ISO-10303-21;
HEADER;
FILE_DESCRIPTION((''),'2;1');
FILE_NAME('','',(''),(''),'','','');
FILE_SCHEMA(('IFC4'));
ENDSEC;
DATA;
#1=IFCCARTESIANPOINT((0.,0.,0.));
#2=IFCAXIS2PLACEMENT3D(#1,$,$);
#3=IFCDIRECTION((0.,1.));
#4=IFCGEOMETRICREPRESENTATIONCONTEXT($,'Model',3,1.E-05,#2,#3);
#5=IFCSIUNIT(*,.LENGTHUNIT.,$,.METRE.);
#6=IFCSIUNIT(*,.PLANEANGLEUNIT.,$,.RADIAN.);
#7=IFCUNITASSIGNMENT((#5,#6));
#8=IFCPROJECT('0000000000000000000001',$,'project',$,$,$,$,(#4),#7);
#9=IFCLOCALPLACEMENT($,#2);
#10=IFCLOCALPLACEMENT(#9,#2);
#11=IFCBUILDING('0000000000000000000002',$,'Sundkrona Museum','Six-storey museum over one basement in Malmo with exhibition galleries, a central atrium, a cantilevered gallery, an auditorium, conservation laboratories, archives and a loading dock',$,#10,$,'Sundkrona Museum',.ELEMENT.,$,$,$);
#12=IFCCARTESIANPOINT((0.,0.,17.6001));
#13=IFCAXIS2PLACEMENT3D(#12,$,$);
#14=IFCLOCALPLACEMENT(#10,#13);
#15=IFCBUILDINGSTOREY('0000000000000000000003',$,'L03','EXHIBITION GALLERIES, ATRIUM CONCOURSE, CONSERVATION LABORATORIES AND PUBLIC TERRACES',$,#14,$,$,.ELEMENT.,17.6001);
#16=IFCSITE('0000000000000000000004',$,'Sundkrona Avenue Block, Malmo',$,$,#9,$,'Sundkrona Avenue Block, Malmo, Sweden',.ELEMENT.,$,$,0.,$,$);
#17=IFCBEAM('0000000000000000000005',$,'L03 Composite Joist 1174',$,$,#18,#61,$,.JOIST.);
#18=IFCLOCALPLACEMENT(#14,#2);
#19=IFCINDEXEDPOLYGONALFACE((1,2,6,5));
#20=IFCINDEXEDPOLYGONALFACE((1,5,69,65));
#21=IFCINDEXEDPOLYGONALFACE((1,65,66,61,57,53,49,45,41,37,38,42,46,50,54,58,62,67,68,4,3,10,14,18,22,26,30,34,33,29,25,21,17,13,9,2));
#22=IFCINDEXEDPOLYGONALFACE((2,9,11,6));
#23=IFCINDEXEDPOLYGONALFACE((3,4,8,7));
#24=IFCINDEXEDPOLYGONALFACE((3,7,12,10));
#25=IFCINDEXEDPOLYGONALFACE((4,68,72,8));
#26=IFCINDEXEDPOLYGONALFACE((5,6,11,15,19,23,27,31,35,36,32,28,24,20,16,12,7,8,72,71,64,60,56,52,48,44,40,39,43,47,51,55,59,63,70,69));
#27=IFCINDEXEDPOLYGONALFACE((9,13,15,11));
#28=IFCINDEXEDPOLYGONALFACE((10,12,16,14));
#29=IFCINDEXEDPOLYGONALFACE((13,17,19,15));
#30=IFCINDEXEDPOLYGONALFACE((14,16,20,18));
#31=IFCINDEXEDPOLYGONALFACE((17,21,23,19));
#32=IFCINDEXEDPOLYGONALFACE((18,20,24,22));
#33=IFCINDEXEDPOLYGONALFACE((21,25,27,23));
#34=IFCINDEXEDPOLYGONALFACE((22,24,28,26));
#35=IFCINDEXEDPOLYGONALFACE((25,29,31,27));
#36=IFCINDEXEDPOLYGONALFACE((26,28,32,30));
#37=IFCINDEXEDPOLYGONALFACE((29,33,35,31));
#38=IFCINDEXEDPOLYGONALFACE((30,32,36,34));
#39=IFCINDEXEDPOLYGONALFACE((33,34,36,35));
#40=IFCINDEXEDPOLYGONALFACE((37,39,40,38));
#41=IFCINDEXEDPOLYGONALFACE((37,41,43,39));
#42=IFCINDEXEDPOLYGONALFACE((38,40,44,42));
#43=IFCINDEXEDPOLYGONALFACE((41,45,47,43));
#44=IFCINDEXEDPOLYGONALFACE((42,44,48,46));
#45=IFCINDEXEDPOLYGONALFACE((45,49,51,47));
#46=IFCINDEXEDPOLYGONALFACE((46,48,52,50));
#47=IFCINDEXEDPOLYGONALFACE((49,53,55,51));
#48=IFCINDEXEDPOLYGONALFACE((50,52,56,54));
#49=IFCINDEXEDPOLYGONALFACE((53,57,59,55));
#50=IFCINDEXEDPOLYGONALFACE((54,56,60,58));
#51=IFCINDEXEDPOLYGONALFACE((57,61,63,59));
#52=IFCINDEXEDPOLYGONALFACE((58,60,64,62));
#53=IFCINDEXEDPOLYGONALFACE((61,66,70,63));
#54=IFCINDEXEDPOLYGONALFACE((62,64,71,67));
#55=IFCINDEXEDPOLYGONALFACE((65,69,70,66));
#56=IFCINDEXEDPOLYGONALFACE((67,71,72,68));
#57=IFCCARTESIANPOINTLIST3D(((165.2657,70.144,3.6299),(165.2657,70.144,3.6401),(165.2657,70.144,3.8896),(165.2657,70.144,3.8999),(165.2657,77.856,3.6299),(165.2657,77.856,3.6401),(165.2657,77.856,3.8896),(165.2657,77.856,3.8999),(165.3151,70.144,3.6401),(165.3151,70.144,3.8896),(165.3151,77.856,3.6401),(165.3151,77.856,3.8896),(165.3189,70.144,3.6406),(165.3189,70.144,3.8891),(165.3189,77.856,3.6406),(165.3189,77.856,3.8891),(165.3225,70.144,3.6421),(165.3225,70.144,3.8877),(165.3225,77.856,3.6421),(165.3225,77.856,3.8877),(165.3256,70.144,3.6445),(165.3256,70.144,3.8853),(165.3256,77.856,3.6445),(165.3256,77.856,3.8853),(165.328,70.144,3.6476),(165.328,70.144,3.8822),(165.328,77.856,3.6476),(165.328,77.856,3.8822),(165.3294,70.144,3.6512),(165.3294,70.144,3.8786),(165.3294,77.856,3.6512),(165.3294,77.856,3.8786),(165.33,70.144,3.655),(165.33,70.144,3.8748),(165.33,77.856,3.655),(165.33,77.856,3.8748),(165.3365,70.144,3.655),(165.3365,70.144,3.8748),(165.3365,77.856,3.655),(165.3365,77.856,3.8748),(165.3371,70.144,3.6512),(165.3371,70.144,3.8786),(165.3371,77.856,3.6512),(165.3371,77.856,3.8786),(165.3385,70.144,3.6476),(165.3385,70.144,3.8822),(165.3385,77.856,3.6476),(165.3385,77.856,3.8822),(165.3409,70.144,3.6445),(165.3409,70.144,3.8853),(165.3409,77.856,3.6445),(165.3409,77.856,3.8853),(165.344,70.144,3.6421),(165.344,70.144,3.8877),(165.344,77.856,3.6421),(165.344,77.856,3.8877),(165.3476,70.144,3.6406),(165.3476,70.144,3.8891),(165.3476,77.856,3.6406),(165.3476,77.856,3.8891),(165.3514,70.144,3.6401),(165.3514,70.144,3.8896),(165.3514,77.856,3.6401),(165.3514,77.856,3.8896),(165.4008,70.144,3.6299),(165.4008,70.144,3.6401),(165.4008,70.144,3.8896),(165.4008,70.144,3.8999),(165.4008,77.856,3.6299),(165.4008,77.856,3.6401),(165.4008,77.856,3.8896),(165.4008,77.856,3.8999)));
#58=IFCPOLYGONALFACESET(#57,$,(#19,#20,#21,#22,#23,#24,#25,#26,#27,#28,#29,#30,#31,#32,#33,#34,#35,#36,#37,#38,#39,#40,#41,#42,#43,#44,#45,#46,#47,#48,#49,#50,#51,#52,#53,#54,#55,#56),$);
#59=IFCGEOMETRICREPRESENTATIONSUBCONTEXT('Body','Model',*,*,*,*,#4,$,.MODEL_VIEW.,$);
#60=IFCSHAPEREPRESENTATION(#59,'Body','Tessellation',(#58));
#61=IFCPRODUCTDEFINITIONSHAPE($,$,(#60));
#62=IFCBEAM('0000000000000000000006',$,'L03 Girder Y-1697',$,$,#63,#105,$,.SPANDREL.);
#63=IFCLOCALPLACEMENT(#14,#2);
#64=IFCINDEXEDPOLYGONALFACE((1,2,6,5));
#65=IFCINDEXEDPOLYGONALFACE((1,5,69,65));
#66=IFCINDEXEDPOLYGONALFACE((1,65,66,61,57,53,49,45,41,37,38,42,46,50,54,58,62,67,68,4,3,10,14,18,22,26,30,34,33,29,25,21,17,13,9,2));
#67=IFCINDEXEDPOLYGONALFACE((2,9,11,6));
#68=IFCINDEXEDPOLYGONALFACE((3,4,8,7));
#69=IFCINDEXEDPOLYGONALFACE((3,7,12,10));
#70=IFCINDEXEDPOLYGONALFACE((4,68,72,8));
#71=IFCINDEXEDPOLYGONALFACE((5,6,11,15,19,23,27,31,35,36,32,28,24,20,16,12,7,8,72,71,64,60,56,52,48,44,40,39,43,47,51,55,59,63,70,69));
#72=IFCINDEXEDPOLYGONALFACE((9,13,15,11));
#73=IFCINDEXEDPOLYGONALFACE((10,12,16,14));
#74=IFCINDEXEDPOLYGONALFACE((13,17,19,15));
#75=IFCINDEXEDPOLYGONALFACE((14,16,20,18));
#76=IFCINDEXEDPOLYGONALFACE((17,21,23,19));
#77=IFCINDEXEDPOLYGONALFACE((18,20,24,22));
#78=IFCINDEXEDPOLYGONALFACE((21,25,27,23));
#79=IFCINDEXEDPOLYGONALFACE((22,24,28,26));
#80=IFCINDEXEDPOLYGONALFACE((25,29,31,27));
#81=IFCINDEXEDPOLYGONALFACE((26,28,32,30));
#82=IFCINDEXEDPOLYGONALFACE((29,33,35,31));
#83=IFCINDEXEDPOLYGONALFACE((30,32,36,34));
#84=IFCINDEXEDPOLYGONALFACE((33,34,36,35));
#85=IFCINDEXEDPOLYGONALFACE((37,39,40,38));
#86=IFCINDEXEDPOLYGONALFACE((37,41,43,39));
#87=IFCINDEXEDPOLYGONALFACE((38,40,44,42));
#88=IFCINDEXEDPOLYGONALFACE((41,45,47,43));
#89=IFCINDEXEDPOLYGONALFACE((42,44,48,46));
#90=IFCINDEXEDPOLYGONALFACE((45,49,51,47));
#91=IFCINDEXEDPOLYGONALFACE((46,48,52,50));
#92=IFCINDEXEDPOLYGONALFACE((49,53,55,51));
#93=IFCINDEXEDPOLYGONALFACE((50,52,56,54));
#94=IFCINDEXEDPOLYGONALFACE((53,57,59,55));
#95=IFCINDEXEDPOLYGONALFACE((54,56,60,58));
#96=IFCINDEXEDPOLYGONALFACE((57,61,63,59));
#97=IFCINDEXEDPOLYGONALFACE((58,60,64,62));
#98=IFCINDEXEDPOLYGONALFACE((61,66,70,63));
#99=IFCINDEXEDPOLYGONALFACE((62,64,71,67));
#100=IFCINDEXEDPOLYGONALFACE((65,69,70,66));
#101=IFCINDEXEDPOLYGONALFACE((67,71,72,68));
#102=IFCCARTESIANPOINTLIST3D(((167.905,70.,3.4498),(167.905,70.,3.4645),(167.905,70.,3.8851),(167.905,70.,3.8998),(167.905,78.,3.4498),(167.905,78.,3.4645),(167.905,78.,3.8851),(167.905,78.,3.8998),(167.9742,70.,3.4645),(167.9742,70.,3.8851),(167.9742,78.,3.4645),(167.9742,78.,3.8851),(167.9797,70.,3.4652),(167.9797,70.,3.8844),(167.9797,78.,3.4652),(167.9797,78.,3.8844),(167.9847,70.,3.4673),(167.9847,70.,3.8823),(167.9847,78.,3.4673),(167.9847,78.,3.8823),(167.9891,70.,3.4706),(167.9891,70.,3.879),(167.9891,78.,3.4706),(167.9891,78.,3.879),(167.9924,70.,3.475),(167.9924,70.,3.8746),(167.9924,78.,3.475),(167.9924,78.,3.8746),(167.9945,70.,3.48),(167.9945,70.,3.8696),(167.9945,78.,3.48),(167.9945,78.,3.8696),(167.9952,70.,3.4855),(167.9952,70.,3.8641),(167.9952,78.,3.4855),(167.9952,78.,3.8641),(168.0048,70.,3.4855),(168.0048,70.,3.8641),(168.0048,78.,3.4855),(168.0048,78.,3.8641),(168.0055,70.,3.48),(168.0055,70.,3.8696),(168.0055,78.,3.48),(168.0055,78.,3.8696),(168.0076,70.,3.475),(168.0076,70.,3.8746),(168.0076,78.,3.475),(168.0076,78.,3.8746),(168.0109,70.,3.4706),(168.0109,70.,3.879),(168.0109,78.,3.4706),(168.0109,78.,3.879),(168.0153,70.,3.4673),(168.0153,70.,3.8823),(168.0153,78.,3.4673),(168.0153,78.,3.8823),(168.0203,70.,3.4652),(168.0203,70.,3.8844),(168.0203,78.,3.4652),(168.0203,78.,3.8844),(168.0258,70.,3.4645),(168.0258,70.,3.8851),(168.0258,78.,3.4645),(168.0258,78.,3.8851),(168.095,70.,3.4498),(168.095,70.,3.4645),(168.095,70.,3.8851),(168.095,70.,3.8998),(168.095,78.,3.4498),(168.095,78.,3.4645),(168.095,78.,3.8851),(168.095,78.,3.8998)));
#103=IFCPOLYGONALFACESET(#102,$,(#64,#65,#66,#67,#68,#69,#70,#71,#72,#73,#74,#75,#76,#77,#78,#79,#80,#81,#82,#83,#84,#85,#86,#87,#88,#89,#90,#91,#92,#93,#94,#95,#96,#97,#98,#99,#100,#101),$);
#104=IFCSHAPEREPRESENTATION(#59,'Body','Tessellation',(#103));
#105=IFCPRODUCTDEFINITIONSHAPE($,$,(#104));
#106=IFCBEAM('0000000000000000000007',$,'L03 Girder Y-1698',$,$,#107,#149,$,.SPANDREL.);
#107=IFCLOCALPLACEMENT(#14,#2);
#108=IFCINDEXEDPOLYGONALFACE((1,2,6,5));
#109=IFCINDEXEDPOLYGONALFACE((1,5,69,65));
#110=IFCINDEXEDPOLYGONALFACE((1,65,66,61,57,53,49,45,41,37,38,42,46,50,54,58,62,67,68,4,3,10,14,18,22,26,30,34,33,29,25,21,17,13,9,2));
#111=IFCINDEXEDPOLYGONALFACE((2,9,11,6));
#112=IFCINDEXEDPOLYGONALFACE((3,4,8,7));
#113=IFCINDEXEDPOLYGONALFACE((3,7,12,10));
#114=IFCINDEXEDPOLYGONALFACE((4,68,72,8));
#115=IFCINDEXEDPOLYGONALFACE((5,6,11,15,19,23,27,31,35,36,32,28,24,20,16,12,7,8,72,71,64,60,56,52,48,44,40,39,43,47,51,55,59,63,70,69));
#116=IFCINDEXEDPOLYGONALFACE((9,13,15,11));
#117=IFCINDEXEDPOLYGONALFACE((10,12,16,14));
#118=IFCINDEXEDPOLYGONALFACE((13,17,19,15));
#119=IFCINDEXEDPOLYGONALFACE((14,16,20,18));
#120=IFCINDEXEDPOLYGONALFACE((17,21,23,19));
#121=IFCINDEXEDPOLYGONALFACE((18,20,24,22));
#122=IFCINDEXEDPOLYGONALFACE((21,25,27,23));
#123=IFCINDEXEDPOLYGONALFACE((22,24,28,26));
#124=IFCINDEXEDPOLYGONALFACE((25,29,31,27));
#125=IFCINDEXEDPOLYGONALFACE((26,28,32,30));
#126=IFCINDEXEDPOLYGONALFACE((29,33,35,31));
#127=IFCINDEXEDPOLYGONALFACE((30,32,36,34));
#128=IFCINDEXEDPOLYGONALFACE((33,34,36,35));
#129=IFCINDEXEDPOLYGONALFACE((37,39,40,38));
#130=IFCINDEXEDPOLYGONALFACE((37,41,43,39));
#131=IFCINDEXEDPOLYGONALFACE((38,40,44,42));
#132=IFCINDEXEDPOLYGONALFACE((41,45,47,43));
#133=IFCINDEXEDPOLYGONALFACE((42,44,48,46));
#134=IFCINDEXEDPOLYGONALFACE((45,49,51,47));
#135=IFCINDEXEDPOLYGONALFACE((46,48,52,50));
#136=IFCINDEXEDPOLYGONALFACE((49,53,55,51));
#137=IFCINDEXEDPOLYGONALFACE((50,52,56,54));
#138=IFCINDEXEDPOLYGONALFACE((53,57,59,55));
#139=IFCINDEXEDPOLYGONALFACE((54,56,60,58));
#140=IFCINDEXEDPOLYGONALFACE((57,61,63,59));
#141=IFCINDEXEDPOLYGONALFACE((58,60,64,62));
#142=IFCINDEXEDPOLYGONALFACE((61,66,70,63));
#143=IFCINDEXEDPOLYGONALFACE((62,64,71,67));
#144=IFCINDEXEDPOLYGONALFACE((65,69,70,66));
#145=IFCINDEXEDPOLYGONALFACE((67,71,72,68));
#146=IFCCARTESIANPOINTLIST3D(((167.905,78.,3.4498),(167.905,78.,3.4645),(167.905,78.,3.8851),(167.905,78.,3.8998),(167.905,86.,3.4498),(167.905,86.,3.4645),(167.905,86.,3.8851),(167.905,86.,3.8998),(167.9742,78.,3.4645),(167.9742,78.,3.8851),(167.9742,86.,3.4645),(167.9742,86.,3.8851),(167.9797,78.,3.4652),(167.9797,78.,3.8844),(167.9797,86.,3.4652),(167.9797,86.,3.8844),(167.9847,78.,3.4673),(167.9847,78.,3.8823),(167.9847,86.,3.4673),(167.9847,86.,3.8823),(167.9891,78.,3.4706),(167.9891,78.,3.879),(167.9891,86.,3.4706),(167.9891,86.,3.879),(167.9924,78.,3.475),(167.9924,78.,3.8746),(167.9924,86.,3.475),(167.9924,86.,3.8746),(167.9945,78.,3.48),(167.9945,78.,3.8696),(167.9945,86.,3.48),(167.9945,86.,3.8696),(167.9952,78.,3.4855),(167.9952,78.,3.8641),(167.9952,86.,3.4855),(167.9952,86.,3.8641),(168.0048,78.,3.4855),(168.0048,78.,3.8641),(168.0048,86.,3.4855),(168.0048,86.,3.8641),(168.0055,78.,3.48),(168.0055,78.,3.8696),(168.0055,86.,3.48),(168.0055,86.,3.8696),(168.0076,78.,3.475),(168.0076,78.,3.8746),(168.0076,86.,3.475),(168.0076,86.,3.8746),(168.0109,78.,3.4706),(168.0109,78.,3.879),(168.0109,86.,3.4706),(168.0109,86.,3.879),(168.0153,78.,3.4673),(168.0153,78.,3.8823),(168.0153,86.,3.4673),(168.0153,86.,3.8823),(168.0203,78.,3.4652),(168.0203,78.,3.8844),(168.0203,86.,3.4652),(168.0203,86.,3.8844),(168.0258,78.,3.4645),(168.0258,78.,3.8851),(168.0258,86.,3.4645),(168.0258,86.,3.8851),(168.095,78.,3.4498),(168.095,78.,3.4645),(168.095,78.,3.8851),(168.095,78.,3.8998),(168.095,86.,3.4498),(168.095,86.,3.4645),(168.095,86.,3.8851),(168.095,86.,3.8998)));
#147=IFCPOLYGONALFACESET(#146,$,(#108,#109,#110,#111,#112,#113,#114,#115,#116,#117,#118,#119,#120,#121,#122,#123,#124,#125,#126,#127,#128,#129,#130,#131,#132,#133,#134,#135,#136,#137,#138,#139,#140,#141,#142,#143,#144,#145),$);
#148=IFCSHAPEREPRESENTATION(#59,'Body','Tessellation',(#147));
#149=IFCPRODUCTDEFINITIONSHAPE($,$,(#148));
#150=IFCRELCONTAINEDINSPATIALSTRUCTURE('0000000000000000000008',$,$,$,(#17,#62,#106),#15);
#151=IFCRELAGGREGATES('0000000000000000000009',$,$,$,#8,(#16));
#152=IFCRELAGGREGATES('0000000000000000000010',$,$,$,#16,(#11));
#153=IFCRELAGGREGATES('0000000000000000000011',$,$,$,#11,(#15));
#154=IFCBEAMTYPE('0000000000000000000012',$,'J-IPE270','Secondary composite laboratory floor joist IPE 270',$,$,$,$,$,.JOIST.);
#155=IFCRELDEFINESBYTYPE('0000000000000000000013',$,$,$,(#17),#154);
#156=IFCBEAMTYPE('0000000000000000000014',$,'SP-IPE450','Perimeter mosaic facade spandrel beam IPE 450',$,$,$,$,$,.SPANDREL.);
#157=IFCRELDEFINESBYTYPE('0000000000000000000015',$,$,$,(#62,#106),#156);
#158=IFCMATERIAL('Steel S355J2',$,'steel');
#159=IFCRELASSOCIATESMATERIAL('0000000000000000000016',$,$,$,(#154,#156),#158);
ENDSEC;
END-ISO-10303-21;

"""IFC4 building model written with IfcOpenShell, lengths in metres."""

from ifc_helpers import new_model, si_unit, direction, frame, origin, origin_2d, place, context, subcontext, project, spatial, i_section, extrude, material, material_profile, profile_set, type_object, element, save


model = new_model("IFC4")

# Units and contexts
model_context = context("Model", 3, precision=1e-05, world=origin(), true_north=direction((0.0, 1.0)))
body_context = subcontext(model_context, "Body", "Model", "MODEL_VIEW")
ifc_project = project(units=[si_unit("LENGTHUNIT", "METRE"), si_unit("PLANEANGLEUNIT", "RADIAN")], contexts=[model_context])

# Site, building, storey
site_placement = place(None, origin())
site = spatial("IfcSite", under=ifc_project, at=site_placement, Name="Sundkrona Avenue Block, Malmo", LongName="Sundkrona Avenue Block, Malmo, Sweden", CompositionType="ELEMENT", RefElevation=0.0)
building_placement = place(site_placement, origin())
building = spatial("IfcBuilding", under=site, at=building_placement, Name="Sundkrona Museum", Description="Six-storey museum over one basement in Malmo with exhibition galleries, a central atrium, a cantilevered gallery, an auditorium, conservation laboratories, archives and a loading dock", LongName="Sundkrona Museum", CompositionType="ELEMENT")
storey_placement = place(building_placement, frame((0.0, 0.0, 17.6001)))
storey = spatial("IfcBuildingStorey", under=building, at=storey_placement, Name="L03", Description="EXHIBITION GALLERIES, ATRIUM CONCOURSE, CONSERVATION LABORATORIES AND PUBLIC TERRACES", CompositionType="ELEMENT", Elevation=17.6001)

# Shared definitions
ifc_material_1 = material(Name="Steel S355J2", Category="steel")

# Beams
ifc_material_profile_1 = material_profile(ifc_material_1, i_section(OverallWidth=0.135, OverallDepth=0.27, WebThickness=0.0066, FlangeThickness=0.0103, FilletRadius=0.0149, at=origin_2d()), Name="IPE 270")
ifc_profile_set_1 = profile_set([ifc_material_profile_1], Name="Steel S355J2")
beam_type_1 = type_object("IfcBeamType", Name="J-IPE270", Description="Secondary composite laboratory floor joist IPE 270", PredefinedType="JOIST", material=ifc_profile_set_1)
for number, where, z_axis, x_axis, name in (
    (1, (165.3333, 70.144, 3.7649), (0.0, 1.0, 0.0), (-1.0, 0.0, 0.0), "L03 Composite Joist 1174"),
):
    element("IfcBeam", number, at=place(storey_placement, frame(where, z_axis=z_axis, x_axis=x_axis)), inside=storey, type_object=beam_type_1, Name=name, PredefinedType="JOIST", context=body_context, shape_type="SweptSolid", body=[
        extrude(i_section(OverallWidth=0.135, OverallDepth=0.27, WebThickness=0.0066, FlangeThickness=0.0103, FilletRadius=0.0149, at=origin_2d()), origin(), (0.0, 0.0, 1.0), 7.7119),
    ])
ifc_material_profile_2 = material_profile(ifc_material_1, i_section(OverallWidth=0.1899, OverallDepth=0.45, WebThickness=0.0095, FlangeThickness=0.0146, FilletRadius=0.021, at=origin_2d()), Name="IPE 450")
ifc_profile_set_2 = profile_set([ifc_material_profile_2], Name="Steel S355J2")
beam_type_2 = type_object("IfcBeamType", Name="SP-IPE450", Description="Perimeter mosaic facade spandrel beam IPE 450", PredefinedType="SPANDREL", material=ifc_profile_set_2)
for number, where, z_axis, x_axis, name in (
    (2, (168.0, 70.0, 3.6748), (0.0, 1.0, 0.0), (-1.0, 0.0, 0.0), "L03 Girder Y-1697"),
    (3, (168.0, 78.0, 3.6748), (0.0, 1.0, 0.0), (-1.0, 0.0, 0.0), "L03 Girder Y-1698"),
):
    element("IfcBeam", number, at=place(storey_placement, frame(where, z_axis=z_axis, x_axis=x_axis)), inside=storey, type_object=beam_type_2, Name=name, PredefinedType="SPANDREL", context=body_context, shape_type="SweptSolid", body=[
        extrude(i_section(OverallWidth=0.1899, OverallDepth=0.45, WebThickness=0.0095, FlangeThickness=0.0146, FilletRadius=0.021, at=origin_2d()), origin(), (0.0, 0.0, 1.0), 8.0),
    ])

save(model, "model.ifc")
